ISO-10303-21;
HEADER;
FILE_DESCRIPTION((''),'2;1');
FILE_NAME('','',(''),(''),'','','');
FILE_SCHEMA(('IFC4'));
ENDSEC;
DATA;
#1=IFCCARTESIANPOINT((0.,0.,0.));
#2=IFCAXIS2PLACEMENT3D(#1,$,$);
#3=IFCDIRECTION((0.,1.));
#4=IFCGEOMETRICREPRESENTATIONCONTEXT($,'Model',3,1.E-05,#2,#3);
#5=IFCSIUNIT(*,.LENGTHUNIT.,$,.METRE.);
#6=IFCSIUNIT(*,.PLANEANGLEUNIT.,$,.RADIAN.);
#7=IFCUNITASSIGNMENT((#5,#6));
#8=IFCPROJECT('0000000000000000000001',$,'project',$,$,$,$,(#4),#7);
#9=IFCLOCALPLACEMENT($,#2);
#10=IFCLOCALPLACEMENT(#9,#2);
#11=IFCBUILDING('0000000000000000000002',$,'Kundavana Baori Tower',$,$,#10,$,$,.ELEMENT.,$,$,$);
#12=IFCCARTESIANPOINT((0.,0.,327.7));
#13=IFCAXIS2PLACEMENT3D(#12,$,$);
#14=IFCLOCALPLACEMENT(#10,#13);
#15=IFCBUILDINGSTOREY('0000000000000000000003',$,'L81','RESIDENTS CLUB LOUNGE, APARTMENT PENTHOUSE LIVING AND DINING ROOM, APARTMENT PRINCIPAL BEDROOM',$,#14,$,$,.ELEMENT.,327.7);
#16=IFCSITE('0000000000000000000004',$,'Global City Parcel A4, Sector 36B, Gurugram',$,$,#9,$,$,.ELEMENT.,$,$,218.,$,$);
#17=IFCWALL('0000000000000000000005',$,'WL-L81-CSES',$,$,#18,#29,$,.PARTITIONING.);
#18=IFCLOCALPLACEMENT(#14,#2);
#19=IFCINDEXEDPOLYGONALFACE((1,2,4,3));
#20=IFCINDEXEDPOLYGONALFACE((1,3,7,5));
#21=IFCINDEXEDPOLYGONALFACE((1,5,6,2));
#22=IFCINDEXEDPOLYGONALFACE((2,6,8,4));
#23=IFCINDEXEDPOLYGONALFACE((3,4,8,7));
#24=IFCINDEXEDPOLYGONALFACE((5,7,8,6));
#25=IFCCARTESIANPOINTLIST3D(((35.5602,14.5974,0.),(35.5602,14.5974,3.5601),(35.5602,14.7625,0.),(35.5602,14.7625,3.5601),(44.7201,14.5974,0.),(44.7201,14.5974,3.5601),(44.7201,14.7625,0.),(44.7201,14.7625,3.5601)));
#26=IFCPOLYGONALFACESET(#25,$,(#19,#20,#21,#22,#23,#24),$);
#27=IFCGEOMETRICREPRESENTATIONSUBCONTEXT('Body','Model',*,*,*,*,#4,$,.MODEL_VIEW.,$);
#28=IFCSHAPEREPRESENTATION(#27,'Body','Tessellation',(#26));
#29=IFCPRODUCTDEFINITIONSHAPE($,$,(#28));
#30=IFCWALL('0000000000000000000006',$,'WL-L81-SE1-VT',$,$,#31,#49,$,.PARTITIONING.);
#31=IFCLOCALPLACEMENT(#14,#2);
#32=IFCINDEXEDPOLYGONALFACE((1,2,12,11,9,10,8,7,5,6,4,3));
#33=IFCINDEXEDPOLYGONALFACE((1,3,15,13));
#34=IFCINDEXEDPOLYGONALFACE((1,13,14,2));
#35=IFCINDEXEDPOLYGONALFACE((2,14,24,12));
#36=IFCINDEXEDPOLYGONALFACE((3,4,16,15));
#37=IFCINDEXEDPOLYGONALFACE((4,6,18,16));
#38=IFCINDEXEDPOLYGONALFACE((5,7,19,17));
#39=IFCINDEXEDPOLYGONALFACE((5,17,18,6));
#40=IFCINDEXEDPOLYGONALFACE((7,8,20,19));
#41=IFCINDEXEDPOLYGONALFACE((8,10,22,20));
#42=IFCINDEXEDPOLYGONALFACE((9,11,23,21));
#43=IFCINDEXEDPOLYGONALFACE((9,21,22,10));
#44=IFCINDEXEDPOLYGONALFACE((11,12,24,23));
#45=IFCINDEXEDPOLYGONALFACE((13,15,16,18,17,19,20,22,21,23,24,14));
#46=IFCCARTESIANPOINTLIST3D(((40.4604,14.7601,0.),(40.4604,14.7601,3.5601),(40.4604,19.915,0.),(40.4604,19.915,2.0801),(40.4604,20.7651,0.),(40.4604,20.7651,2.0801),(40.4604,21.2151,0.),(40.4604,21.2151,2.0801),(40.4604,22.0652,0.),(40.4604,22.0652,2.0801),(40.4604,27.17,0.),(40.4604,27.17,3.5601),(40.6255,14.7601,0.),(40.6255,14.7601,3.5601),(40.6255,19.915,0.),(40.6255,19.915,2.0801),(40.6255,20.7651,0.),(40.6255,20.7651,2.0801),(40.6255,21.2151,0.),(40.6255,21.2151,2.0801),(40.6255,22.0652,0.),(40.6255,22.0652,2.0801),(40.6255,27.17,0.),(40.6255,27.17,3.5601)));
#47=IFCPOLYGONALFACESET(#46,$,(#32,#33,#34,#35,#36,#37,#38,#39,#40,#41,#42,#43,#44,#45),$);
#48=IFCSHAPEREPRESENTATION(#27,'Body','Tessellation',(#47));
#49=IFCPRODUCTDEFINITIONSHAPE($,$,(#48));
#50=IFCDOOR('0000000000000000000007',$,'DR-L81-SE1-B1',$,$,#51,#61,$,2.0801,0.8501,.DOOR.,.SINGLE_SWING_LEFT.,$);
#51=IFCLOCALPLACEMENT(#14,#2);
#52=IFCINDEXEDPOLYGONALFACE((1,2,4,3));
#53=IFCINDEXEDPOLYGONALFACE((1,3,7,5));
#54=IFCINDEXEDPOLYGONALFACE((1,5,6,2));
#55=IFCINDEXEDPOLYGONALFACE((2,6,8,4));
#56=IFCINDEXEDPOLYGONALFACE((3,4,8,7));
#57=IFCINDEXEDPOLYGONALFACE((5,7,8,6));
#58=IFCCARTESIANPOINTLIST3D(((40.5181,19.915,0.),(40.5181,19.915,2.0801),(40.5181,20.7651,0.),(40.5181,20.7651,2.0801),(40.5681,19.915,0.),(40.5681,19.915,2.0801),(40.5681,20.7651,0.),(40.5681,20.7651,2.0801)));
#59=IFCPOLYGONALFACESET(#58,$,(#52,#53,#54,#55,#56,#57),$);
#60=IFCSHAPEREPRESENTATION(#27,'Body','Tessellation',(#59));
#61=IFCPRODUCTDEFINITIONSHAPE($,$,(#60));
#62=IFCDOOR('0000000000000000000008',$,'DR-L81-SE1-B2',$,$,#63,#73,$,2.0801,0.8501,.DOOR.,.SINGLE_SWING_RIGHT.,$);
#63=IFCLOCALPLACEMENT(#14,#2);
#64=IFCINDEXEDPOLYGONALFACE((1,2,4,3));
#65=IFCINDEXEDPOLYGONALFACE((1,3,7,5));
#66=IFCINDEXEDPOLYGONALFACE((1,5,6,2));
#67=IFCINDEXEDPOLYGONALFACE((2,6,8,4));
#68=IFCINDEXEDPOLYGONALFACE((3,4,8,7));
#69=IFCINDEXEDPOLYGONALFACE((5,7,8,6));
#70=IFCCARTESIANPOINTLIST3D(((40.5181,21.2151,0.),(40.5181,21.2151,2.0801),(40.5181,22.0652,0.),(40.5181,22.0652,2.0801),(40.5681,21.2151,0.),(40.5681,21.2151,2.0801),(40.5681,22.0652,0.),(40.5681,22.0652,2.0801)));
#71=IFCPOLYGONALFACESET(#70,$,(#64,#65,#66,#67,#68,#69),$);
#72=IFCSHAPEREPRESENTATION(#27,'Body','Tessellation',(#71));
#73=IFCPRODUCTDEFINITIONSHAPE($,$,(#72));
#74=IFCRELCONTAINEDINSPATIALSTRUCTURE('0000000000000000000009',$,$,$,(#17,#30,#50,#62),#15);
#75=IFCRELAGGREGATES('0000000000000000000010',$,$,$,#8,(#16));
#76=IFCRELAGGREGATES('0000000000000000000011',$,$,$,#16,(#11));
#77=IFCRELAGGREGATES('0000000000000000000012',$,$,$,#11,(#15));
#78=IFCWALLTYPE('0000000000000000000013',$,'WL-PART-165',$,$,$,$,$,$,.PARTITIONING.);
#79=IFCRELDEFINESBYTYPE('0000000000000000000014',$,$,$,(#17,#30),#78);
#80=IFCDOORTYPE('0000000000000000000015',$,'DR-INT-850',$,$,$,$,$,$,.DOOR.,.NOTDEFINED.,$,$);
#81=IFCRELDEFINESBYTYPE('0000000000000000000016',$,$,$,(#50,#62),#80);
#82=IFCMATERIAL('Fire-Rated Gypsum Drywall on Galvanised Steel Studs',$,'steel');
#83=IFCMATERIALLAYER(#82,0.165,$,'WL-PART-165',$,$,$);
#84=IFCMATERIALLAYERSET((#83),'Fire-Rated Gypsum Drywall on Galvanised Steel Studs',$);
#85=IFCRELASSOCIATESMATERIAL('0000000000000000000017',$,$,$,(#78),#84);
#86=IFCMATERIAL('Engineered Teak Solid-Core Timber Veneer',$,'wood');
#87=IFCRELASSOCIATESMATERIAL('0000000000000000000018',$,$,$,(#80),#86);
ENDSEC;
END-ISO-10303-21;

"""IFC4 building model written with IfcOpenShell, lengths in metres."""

from ifc_helpers import new_model, si_unit, direction, frame, frame_2d, origin, place, context, subcontext, project, spatial, rectangle, extrude, material, layer, layer_set, type_object, element, fill, save


model = new_model("IFC4")

# Units and contexts
model_context = context("Model", 3, precision=1e-05, world=origin(), true_north=direction((0.0, 1.0)))
body_context = subcontext(model_context, "Body", "Model", "MODEL_VIEW")
ifc_project = project(units=[si_unit("LENGTHUNIT", "METRE"), si_unit("PLANEANGLEUNIT", "RADIAN")], contexts=[model_context])

# Site, building, storey
site_placement = place(None, origin())
site = spatial("IfcSite", under=ifc_project, at=site_placement, Name="Global City Parcel A4, Sector 36B, Gurugram", CompositionType="ELEMENT", RefElevation=218.0)
building_placement = place(site_placement, origin())
building = spatial("IfcBuilding", under=site, at=building_placement, Name="Kundavana Baori Tower", CompositionType="ELEMENT")
storey_placement = place(building_placement, frame((0.0, 0.0, 327.7)))
storey = spatial("IfcBuildingStorey", under=building, at=storey_placement, Name="L81", Description="RESIDENTS CLUB LOUNGE, APARTMENT PENTHOUSE LIVING AND DINING ROOM, APARTMENT PRINCIPAL BEDROOM", CompositionType="ELEMENT", Elevation=327.7)

# Shared definitions
ifc_material_1 = material(Name="Fire-Rated Gypsum Drywall on Galvanised Steel Studs", Category="steel")
ifc_layer_1 = layer(ifc_material_1, 0.165, Name="WL-PART-165")
ifc_layer_set_1 = layer_set([ifc_layer_1], Name="Fire-Rated Gypsum Drywall on Galvanised Steel Studs")
wall_type_1 = type_object("IfcWallType", Name="WL-PART-165", PredefinedType="PARTITIONING", material=ifc_layer_set_1)

# Wall
wall_1_placement = place(storey_placement, frame((35.5601, 14.6799, 0.0), z_axis=(0.0, 0.0, 1.0), x_axis=(1.0, 0.0, 0.0)))
element("IfcWall", 1, at=wall_1_placement, inside=storey, type_object=wall_type_1, Name="WL-L81-CSES", PredefinedType="PARTITIONING", context=body_context, shape_type="SweptSolid", body=[
    extrude(rectangle(XDim=9.1599, YDim=0.165, at=frame_2d((4.5801, 0.0))), origin(), (0.0, 0.0, 1.0), 3.5601),
])

# Wall, openings, doors
wall_2_placement = place(storey_placement, frame((40.543, 14.76, 0.0), z_axis=(0.0, 0.0, 1.0), x_axis=(0.0, 1.0, 0.0)))
wall_2 = element("IfcWall", 2, at=wall_2_placement, inside=storey, type_object=wall_type_1, Name="WL-L81-SE1-VT", PredefinedType="PARTITIONING", context=body_context, shape_type="SweptSolid", body=[
    extrude(rectangle(XDim=12.4099, YDim=0.165, at=frame_2d((6.2051, 0.0))), origin(), (0.0, 0.0, 1.0), 3.5601),
])
opening_1_placement = place(wall_2_placement, frame((5.155, 0.0, 0.0)))
opening_1 = element("IfcOpeningElement", 3, at=opening_1_placement, cuts=wall_2, PredefinedType="OPENING", context=body_context, shape_type="SweptSolid", body=[
    extrude(rectangle(XDim=0.8501, YDim=2.0801, at=frame_2d((0.425, 1.04))), frame((0.0, 0.0925, 0.0), z_axis=(0.0, -1.0, 0.0), x_axis=(1.0, 0.0, 0.0)), (0.0, 0.0, 1.0), 0.1851),
])
opening_2_placement = place(wall_2_placement, frame((6.4551, 0.0, 0.0)))
opening_2 = element("IfcOpeningElement", 4, at=opening_2_placement, cuts=wall_2, PredefinedType="OPENING", context=body_context, shape_type="SweptSolid", body=[
    extrude(rectangle(XDim=0.8501, YDim=2.0801, at=frame_2d((0.425, 1.04))), frame((0.0, 0.0925, 0.0), z_axis=(0.0, -1.0, 0.0), x_axis=(1.0, 0.0, 0.0)), (0.0, 0.0, 1.0), 0.1851),
])
ifc_material_2 = material(Name="Engineered Teak Solid-Core Timber Veneer", Category="wood")
door_type_1 = type_object("IfcDoorType", Name="DR-INT-850", OperationType="NOTDEFINED", PredefinedType="DOOR", material=ifc_material_2)
door_1_placement = place(opening_1_placement, origin())
door_1 = element("IfcDoor", 5, at=door_1_placement, inside=storey, type_object=door_type_1, Name="DR-L81-SE1-B1", OperationType="SINGLE_SWING_LEFT", OverallHeight=2.0801, OverallWidth=0.8501, PredefinedType="DOOR", context=body_context, shape_type="SweptSolid", body=[
    extrude(rectangle(XDim=0.8501, YDim=2.0801, at=frame_2d((0.425, 1.04))), frame((0.0, 0.0249, 0.0), z_axis=(0.0, -1.0, 0.0), x_axis=(1.0, 0.0, 0.0)), (0.0, 0.0, 1.0), 0.05),
])
fill(opening_1, door_1)
door_2_placement = place(opening_2_placement, origin())
door_2 = element("IfcDoor", 6, at=door_2_placement, inside=storey, type_object=door_type_1, Name="DR-L81-SE1-B2", OperationType="SINGLE_SWING_RIGHT", OverallHeight=2.0801, OverallWidth=0.8501, PredefinedType="DOOR", context=body_context, shape_type="SweptSolid", body=[
    extrude(rectangle(XDim=0.8501, YDim=2.0801, at=frame_2d((0.425, 1.04))), frame((0.0, 0.0249, 0.0), z_axis=(0.0, -1.0, 0.0), x_axis=(1.0, 0.0, 0.0)), (0.0, 0.0, 1.0), 0.05),
])
fill(opening_2, door_2)

save(model, "model.ifc")
